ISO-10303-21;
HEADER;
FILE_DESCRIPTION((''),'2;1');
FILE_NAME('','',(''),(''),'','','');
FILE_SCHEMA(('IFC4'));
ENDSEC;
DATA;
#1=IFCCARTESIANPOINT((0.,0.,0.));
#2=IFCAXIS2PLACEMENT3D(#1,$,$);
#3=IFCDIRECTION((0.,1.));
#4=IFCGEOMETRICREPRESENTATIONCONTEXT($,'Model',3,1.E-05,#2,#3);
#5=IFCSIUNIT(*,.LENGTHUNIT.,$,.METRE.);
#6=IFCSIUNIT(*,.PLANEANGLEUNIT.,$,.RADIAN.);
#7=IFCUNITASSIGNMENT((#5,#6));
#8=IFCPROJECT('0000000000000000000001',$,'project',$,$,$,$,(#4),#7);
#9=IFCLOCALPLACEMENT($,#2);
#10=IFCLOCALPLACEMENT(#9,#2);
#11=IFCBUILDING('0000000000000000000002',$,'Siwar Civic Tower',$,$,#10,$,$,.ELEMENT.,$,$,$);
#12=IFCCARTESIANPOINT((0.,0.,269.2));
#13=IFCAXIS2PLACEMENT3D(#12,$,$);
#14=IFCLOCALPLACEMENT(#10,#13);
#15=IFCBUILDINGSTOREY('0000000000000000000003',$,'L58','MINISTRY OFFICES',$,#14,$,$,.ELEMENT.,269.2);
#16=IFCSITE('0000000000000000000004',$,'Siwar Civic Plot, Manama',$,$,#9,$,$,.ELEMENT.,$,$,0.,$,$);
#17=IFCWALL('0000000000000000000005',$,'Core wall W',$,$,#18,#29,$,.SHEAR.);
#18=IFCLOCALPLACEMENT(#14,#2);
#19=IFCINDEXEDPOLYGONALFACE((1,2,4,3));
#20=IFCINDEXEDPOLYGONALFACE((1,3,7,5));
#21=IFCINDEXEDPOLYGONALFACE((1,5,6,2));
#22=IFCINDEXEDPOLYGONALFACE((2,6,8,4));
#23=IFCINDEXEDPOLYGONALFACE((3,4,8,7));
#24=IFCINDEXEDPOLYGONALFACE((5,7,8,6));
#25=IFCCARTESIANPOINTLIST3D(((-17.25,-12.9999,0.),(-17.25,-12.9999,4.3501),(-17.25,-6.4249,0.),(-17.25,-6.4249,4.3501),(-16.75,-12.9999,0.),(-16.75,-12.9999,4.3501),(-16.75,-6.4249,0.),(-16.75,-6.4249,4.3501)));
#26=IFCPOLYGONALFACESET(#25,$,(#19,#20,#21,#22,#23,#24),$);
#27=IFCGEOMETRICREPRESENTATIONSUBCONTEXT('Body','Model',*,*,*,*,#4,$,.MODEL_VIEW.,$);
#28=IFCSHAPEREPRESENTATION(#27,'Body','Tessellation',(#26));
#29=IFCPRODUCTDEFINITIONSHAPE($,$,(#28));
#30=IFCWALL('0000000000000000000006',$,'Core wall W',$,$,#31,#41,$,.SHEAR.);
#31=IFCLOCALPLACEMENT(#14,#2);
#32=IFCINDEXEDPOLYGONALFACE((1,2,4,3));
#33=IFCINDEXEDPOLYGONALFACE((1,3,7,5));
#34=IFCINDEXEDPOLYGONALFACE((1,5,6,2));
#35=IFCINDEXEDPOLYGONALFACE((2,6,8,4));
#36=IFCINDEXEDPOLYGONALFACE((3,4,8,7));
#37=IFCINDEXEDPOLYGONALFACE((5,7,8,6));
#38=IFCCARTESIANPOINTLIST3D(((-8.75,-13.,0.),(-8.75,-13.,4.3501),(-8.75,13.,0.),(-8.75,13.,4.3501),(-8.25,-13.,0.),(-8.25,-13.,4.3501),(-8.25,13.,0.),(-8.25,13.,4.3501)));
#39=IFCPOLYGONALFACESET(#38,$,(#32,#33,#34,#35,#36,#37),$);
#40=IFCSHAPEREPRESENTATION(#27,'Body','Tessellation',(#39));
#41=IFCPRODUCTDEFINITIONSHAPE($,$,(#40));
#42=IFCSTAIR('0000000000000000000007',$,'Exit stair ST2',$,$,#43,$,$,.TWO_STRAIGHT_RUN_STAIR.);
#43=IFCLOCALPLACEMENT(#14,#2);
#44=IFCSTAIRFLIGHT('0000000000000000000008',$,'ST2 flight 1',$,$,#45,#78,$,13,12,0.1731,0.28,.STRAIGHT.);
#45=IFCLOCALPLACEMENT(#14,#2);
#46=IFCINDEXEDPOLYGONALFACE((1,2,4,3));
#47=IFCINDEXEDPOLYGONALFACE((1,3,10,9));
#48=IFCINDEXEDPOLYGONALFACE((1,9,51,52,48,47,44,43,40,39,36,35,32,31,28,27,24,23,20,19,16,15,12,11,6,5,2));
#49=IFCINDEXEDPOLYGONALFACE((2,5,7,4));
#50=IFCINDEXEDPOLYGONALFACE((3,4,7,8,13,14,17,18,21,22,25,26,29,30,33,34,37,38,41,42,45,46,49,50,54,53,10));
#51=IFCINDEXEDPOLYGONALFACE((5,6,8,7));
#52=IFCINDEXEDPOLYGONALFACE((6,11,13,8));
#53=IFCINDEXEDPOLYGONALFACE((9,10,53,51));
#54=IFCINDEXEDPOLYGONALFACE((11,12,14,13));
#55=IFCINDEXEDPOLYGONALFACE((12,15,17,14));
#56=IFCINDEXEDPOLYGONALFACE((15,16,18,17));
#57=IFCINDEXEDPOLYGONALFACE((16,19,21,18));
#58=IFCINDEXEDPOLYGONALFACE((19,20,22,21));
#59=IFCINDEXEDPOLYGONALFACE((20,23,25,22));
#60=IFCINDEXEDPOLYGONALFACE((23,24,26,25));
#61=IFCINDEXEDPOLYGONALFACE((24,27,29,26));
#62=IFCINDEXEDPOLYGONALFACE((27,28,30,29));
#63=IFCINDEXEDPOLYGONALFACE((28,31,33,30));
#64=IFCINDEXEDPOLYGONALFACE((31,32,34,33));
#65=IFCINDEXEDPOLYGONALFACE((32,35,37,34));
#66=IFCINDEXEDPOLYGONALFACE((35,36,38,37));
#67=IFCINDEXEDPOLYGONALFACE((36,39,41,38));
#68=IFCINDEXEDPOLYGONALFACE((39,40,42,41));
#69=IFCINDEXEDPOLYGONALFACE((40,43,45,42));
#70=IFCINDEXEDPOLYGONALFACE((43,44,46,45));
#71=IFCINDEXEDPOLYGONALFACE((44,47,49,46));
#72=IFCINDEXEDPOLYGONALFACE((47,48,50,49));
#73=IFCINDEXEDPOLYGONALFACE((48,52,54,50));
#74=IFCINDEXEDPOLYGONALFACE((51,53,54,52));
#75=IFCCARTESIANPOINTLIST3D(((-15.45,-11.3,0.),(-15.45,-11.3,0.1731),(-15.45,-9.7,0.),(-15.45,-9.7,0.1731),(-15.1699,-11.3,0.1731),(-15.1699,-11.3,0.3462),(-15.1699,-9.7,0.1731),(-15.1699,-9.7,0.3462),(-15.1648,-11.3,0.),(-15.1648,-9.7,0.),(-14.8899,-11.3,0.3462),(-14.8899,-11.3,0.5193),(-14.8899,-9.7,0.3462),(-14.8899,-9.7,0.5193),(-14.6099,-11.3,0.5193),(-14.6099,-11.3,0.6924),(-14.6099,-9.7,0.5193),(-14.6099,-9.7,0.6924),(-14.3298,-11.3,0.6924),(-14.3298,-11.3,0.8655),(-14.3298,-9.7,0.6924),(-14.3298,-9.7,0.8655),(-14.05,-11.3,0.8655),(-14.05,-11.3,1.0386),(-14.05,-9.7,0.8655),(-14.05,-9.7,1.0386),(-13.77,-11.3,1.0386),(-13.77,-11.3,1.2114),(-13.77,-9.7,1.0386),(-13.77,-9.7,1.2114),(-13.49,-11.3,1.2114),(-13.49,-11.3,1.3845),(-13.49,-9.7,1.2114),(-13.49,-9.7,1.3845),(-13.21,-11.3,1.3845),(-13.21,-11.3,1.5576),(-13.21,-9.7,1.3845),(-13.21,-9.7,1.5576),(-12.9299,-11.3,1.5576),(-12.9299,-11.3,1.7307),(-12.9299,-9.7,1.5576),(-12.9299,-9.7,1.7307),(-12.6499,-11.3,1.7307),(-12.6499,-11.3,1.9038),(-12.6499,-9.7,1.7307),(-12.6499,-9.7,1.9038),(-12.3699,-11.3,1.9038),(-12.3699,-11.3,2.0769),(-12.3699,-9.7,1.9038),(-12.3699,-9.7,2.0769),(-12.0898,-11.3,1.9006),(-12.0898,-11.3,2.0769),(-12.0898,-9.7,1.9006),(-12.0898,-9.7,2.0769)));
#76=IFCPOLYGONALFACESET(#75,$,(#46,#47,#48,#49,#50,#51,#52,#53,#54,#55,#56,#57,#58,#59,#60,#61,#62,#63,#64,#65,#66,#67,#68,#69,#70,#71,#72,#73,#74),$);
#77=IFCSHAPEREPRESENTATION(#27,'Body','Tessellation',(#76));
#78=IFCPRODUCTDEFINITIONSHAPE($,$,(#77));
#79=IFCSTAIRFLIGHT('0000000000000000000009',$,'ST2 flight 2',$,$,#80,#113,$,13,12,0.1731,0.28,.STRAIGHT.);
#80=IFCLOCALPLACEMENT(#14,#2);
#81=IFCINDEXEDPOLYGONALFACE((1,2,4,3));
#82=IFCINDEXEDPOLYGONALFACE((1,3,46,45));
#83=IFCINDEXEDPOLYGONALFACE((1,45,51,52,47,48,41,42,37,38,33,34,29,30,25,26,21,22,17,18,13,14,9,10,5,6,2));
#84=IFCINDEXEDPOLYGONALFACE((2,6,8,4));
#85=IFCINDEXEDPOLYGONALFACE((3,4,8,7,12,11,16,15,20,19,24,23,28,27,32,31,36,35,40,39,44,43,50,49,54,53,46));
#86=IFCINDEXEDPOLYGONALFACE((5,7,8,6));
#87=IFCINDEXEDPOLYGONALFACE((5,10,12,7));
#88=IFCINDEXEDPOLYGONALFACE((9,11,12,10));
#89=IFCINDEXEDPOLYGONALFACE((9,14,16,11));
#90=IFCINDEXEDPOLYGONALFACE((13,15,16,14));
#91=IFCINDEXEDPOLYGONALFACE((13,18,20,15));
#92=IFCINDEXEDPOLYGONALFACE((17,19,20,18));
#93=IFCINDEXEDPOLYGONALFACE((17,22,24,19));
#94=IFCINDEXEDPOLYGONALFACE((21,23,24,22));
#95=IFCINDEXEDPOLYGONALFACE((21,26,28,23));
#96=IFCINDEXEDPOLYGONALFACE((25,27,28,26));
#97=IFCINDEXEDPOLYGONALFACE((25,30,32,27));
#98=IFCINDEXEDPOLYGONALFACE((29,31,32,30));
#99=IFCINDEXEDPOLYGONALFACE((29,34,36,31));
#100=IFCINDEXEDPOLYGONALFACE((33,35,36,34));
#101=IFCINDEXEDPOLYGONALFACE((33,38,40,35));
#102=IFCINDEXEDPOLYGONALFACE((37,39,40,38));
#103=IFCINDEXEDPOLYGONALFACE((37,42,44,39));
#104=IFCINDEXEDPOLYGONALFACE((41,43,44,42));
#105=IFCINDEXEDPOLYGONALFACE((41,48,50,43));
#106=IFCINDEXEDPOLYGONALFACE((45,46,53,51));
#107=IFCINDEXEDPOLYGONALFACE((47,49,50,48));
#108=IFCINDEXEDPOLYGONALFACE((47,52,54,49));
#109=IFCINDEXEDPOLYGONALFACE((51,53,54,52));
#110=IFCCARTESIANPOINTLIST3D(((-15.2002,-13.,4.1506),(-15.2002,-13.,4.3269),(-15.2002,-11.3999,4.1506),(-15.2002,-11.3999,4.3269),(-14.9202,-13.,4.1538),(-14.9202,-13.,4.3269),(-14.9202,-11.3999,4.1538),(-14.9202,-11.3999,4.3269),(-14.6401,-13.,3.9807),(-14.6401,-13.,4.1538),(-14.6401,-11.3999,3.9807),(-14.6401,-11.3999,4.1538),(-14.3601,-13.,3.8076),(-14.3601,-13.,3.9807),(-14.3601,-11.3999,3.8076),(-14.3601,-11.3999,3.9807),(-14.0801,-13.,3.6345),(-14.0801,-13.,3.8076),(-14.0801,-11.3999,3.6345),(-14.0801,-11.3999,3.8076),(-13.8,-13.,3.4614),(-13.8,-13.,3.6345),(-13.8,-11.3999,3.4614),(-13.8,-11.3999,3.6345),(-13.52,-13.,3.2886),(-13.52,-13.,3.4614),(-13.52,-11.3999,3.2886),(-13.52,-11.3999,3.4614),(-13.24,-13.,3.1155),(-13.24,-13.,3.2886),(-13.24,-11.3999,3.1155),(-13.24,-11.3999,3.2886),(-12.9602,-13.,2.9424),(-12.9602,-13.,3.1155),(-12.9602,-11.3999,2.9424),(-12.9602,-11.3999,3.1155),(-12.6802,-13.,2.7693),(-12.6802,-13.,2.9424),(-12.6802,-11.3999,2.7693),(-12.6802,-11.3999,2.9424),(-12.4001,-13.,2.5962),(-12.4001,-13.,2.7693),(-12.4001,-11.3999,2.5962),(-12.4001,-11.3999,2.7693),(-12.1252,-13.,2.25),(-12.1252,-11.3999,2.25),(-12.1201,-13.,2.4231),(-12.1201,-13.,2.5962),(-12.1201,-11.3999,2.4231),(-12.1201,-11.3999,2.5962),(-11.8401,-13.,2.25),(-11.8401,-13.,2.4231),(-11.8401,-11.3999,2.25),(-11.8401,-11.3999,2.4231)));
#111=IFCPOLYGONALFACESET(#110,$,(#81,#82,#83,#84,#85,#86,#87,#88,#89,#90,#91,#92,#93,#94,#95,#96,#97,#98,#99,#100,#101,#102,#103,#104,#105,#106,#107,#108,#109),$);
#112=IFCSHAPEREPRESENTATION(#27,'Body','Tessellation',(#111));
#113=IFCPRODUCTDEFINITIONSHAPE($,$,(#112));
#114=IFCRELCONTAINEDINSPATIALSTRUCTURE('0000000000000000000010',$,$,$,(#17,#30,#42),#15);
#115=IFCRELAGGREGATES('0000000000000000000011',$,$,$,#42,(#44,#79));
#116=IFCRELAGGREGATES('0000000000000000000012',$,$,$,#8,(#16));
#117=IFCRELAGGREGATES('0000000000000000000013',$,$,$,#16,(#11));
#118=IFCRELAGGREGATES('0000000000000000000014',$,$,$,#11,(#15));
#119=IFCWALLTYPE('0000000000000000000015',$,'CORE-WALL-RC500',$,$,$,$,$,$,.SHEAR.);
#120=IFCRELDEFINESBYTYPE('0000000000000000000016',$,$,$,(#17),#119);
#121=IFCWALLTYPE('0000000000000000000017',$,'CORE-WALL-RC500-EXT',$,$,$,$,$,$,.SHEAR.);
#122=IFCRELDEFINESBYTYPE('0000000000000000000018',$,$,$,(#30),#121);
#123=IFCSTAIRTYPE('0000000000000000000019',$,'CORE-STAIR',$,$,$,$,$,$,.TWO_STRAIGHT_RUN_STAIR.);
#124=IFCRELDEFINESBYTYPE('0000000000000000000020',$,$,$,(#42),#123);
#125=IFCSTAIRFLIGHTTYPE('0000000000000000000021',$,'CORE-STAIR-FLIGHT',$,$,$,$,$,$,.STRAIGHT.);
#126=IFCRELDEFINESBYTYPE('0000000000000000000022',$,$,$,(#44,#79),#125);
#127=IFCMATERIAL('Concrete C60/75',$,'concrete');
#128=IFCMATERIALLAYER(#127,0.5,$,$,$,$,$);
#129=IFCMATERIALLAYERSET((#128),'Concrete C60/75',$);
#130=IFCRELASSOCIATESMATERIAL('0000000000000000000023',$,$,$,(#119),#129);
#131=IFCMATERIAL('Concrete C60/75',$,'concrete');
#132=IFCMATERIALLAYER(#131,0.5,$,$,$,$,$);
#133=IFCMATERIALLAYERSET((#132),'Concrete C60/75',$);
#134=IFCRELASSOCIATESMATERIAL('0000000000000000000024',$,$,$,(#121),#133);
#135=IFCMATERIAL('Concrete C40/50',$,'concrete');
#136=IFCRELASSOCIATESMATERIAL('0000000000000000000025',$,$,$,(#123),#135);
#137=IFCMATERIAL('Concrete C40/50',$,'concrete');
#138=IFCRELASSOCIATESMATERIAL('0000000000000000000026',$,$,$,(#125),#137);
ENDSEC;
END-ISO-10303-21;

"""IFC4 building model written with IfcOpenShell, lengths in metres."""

from ifc_helpers import new_model, si_unit, direction, frame, frame_2d, origin, place, context, subcontext, project, spatial, polyline, rectangle, outline, extrude, material, layer, layer_set, type_object, element, aggregate, save


model = new_model("IFC4")

# Units and contexts
model_context = context("Model", 3, precision=1e-05, world=origin(), true_north=direction((0.0, 1.0)))
body_context = subcontext(model_context, "Body", "Model", "MODEL_VIEW")
ifc_project = project(units=[si_unit("LENGTHUNIT", "METRE"), si_unit("PLANEANGLEUNIT", "RADIAN")], contexts=[model_context])

# Site, building, storey
site_placement = place(None, origin())
site = spatial("IfcSite", under=ifc_project, at=site_placement, Name="Siwar Civic Plot, Manama", CompositionType="ELEMENT", RefElevation=0.0)
building_placement = place(site_placement, origin())
building = spatial("IfcBuilding", under=site, at=building_placement, Name="Siwar Civic Tower", CompositionType="ELEMENT")
storey_placement = place(building_placement, frame((0.0, 0.0, 269.2)))
storey = spatial("IfcBuildingStorey", under=building, at=storey_placement, Name="L58", Description="MINISTRY OFFICES", CompositionType="ELEMENT", Elevation=269.2)

# Walls
ifc_material_1 = material(Name="Concrete C60/75", Category="concrete")
ifc_layer_1 = layer(ifc_material_1, 0.5)
ifc_layer_set_1 = layer_set([ifc_layer_1], Name="Concrete C60/75")
wall_type_1 = type_object("IfcWallType", Name="CORE-WALL-RC500", PredefinedType="SHEAR", material=ifc_layer_set_1)
wall_1_placement = place(storey_placement, frame((-17.0, -13.0, 0.0), z_axis=(0.0, 0.0, 1.0), x_axis=(0.0, 1.0, 0.0)))
element("IfcWall", 1, at=wall_1_placement, inside=storey, type_object=wall_type_1, Name="Core wall W", PredefinedType="SHEAR", context=body_context, shape_type="SweptSolid", body=[
    extrude(rectangle(XDim=6.575, YDim=0.5, at=frame_2d((3.2876, 0.0))), origin(), (0.0, 0.0, 1.0), 4.3501),
])
ifc_material_2 = material(Name="Concrete C60/75", Category="concrete")
ifc_layer_2 = layer(ifc_material_2, 0.5)
ifc_layer_set_2 = layer_set([ifc_layer_2], Name="Concrete C60/75")
wall_type_2 = type_object("IfcWallType", Name="CORE-WALL-RC500-EXT", PredefinedType="SHEAR", material=ifc_layer_set_2)
wall_2_placement = place(storey_placement, frame((-8.5, -13.0, 0.0), z_axis=(0.0, 0.0, 1.0), x_axis=(0.0, 1.0, 0.0)))
element("IfcWall", 2, at=wall_2_placement, inside=storey, type_object=wall_type_2, Name="Core wall W", PredefinedType="SHEAR", context=body_context, shape_type="SweptSolid", body=[
    extrude(rectangle(XDim=26.0, YDim=0.5, at=frame_2d((13.0, 0.0))), origin(), (0.0, 0.0, 1.0), 4.3501),
])

# Stair, stair flights
ifc_material_3 = material(Name="Concrete C40/50", Category="concrete")
stair_type = type_object("IfcStairType", Name="CORE-STAIR", PredefinedType="TWO_STRAIGHT_RUN_STAIR", material=ifc_material_3)
stair_placement = place(storey_placement, origin())
stair = element("IfcStair", 3, at=stair_placement, inside=storey, type_object=stair_type, Name="Exit stair ST2", PredefinedType="TWO_STRAIGHT_RUN_STAIR")
ifc_material_4 = material(Name="Concrete C40/50", Category="concrete")
stair_flight_type = type_object("IfcStairFlightType", Name="CORE-STAIR-FLIGHT", PredefinedType="STRAIGHT", material=ifc_material_4)
stair_flight_1_placement = place(storey_placement, frame((-15.45, -10.5, 0.0), z_axis=(0.0, 0.0, 1.0), x_axis=(1.0, 0.0, 0.0)))
stair_flight_1 = element("IfcStairFlight", 4, at=stair_flight_1_placement, type_object=stair_flight_type, Name="ST2 flight 1", NumberOfRisers=13, NumberOfTreads=12, PredefinedType="STRAIGHT", RiserHeight=0.1731, TreadLength=0.28, context=body_context, shape_type="SweptSolid", body=[
    extrude(outline(polyline([(0.0, 0.0), (0.0, 0.1731), (0.28, 0.1731), (0.28, 0.3462), (0.5601, 0.3462), (0.5601, 0.5193), (0.8401, 0.5193), (0.8401, 0.6924), (1.1201, 0.6924), (1.1201, 0.8655), (1.3999, 0.8655), (1.3999, 1.0386), (1.6799, 1.0386), (1.6799, 1.2114), (1.96, 1.2114), (1.96, 1.3845), (2.24, 1.3845), (2.24, 1.5576), (2.52, 1.5576), (2.52, 1.7307), (2.8, 1.7307), (2.8, 1.9038), (3.0801, 1.9038), (3.0801, 2.0769), (3.3601, 2.0769), (3.3601, 2.25), (3.3601, 1.9006), (0.2852, 0.0), (0.0, 0.0)])), frame((0.0, 0.8, 0.0), z_axis=(0.0, -1.0, 0.0), x_axis=(1.0, 0.0, 0.0)), (0.0, 0.0, 1.0), 1.6001),
])
stair_flight_2_placement = place(storey_placement, frame((-11.8401, -12.2, 2.25), z_axis=(0.0, 0.0, 1.0), x_axis=(-1.0, 0.0, 0.0)))
stair_flight_2 = element("IfcStairFlight", 5, at=stair_flight_2_placement, type_object=stair_flight_type, Name="ST2 flight 2", NumberOfRisers=13, NumberOfTreads=12, PredefinedType="STRAIGHT", RiserHeight=0.1731, TreadLength=0.28, context=body_context, shape_type="SweptSolid", body=[
    extrude(outline(polyline([(0.0, 0.0), (0.0, 0.1731), (0.28, 0.1731), (0.28, 0.3462), (0.5601, 0.3462), (0.5601, 0.5193), (0.8401, 0.5193), (0.8401, 0.6924), (1.1201, 0.6924), (1.1201, 0.8655), (1.3999, 0.8655), (1.3999, 1.0386), (1.6799, 1.0386), (1.6799, 1.2114), (1.96, 1.2114), (1.96, 1.3845), (2.24, 1.3845), (2.24, 1.5576), (2.52, 1.5576), (2.52, 1.7307), (2.8, 1.7307), (2.8, 1.9038), (3.0801, 1.9038), (3.0801, 2.0769), (3.3601, 2.0769), (3.3601, 2.25), (3.3601, 1.9006), (0.2852, 0.0), (0.0, 0.0)])), frame((0.0, 0.8, 0.0), z_axis=(0.0, -1.0, 0.0), x_axis=(1.0, 0.0, 0.0)), (0.0, 0.0, 1.0), 1.6001),
])
aggregate(stair, [stair_flight_1, stair_flight_2])

save(model, "model.ifc")
